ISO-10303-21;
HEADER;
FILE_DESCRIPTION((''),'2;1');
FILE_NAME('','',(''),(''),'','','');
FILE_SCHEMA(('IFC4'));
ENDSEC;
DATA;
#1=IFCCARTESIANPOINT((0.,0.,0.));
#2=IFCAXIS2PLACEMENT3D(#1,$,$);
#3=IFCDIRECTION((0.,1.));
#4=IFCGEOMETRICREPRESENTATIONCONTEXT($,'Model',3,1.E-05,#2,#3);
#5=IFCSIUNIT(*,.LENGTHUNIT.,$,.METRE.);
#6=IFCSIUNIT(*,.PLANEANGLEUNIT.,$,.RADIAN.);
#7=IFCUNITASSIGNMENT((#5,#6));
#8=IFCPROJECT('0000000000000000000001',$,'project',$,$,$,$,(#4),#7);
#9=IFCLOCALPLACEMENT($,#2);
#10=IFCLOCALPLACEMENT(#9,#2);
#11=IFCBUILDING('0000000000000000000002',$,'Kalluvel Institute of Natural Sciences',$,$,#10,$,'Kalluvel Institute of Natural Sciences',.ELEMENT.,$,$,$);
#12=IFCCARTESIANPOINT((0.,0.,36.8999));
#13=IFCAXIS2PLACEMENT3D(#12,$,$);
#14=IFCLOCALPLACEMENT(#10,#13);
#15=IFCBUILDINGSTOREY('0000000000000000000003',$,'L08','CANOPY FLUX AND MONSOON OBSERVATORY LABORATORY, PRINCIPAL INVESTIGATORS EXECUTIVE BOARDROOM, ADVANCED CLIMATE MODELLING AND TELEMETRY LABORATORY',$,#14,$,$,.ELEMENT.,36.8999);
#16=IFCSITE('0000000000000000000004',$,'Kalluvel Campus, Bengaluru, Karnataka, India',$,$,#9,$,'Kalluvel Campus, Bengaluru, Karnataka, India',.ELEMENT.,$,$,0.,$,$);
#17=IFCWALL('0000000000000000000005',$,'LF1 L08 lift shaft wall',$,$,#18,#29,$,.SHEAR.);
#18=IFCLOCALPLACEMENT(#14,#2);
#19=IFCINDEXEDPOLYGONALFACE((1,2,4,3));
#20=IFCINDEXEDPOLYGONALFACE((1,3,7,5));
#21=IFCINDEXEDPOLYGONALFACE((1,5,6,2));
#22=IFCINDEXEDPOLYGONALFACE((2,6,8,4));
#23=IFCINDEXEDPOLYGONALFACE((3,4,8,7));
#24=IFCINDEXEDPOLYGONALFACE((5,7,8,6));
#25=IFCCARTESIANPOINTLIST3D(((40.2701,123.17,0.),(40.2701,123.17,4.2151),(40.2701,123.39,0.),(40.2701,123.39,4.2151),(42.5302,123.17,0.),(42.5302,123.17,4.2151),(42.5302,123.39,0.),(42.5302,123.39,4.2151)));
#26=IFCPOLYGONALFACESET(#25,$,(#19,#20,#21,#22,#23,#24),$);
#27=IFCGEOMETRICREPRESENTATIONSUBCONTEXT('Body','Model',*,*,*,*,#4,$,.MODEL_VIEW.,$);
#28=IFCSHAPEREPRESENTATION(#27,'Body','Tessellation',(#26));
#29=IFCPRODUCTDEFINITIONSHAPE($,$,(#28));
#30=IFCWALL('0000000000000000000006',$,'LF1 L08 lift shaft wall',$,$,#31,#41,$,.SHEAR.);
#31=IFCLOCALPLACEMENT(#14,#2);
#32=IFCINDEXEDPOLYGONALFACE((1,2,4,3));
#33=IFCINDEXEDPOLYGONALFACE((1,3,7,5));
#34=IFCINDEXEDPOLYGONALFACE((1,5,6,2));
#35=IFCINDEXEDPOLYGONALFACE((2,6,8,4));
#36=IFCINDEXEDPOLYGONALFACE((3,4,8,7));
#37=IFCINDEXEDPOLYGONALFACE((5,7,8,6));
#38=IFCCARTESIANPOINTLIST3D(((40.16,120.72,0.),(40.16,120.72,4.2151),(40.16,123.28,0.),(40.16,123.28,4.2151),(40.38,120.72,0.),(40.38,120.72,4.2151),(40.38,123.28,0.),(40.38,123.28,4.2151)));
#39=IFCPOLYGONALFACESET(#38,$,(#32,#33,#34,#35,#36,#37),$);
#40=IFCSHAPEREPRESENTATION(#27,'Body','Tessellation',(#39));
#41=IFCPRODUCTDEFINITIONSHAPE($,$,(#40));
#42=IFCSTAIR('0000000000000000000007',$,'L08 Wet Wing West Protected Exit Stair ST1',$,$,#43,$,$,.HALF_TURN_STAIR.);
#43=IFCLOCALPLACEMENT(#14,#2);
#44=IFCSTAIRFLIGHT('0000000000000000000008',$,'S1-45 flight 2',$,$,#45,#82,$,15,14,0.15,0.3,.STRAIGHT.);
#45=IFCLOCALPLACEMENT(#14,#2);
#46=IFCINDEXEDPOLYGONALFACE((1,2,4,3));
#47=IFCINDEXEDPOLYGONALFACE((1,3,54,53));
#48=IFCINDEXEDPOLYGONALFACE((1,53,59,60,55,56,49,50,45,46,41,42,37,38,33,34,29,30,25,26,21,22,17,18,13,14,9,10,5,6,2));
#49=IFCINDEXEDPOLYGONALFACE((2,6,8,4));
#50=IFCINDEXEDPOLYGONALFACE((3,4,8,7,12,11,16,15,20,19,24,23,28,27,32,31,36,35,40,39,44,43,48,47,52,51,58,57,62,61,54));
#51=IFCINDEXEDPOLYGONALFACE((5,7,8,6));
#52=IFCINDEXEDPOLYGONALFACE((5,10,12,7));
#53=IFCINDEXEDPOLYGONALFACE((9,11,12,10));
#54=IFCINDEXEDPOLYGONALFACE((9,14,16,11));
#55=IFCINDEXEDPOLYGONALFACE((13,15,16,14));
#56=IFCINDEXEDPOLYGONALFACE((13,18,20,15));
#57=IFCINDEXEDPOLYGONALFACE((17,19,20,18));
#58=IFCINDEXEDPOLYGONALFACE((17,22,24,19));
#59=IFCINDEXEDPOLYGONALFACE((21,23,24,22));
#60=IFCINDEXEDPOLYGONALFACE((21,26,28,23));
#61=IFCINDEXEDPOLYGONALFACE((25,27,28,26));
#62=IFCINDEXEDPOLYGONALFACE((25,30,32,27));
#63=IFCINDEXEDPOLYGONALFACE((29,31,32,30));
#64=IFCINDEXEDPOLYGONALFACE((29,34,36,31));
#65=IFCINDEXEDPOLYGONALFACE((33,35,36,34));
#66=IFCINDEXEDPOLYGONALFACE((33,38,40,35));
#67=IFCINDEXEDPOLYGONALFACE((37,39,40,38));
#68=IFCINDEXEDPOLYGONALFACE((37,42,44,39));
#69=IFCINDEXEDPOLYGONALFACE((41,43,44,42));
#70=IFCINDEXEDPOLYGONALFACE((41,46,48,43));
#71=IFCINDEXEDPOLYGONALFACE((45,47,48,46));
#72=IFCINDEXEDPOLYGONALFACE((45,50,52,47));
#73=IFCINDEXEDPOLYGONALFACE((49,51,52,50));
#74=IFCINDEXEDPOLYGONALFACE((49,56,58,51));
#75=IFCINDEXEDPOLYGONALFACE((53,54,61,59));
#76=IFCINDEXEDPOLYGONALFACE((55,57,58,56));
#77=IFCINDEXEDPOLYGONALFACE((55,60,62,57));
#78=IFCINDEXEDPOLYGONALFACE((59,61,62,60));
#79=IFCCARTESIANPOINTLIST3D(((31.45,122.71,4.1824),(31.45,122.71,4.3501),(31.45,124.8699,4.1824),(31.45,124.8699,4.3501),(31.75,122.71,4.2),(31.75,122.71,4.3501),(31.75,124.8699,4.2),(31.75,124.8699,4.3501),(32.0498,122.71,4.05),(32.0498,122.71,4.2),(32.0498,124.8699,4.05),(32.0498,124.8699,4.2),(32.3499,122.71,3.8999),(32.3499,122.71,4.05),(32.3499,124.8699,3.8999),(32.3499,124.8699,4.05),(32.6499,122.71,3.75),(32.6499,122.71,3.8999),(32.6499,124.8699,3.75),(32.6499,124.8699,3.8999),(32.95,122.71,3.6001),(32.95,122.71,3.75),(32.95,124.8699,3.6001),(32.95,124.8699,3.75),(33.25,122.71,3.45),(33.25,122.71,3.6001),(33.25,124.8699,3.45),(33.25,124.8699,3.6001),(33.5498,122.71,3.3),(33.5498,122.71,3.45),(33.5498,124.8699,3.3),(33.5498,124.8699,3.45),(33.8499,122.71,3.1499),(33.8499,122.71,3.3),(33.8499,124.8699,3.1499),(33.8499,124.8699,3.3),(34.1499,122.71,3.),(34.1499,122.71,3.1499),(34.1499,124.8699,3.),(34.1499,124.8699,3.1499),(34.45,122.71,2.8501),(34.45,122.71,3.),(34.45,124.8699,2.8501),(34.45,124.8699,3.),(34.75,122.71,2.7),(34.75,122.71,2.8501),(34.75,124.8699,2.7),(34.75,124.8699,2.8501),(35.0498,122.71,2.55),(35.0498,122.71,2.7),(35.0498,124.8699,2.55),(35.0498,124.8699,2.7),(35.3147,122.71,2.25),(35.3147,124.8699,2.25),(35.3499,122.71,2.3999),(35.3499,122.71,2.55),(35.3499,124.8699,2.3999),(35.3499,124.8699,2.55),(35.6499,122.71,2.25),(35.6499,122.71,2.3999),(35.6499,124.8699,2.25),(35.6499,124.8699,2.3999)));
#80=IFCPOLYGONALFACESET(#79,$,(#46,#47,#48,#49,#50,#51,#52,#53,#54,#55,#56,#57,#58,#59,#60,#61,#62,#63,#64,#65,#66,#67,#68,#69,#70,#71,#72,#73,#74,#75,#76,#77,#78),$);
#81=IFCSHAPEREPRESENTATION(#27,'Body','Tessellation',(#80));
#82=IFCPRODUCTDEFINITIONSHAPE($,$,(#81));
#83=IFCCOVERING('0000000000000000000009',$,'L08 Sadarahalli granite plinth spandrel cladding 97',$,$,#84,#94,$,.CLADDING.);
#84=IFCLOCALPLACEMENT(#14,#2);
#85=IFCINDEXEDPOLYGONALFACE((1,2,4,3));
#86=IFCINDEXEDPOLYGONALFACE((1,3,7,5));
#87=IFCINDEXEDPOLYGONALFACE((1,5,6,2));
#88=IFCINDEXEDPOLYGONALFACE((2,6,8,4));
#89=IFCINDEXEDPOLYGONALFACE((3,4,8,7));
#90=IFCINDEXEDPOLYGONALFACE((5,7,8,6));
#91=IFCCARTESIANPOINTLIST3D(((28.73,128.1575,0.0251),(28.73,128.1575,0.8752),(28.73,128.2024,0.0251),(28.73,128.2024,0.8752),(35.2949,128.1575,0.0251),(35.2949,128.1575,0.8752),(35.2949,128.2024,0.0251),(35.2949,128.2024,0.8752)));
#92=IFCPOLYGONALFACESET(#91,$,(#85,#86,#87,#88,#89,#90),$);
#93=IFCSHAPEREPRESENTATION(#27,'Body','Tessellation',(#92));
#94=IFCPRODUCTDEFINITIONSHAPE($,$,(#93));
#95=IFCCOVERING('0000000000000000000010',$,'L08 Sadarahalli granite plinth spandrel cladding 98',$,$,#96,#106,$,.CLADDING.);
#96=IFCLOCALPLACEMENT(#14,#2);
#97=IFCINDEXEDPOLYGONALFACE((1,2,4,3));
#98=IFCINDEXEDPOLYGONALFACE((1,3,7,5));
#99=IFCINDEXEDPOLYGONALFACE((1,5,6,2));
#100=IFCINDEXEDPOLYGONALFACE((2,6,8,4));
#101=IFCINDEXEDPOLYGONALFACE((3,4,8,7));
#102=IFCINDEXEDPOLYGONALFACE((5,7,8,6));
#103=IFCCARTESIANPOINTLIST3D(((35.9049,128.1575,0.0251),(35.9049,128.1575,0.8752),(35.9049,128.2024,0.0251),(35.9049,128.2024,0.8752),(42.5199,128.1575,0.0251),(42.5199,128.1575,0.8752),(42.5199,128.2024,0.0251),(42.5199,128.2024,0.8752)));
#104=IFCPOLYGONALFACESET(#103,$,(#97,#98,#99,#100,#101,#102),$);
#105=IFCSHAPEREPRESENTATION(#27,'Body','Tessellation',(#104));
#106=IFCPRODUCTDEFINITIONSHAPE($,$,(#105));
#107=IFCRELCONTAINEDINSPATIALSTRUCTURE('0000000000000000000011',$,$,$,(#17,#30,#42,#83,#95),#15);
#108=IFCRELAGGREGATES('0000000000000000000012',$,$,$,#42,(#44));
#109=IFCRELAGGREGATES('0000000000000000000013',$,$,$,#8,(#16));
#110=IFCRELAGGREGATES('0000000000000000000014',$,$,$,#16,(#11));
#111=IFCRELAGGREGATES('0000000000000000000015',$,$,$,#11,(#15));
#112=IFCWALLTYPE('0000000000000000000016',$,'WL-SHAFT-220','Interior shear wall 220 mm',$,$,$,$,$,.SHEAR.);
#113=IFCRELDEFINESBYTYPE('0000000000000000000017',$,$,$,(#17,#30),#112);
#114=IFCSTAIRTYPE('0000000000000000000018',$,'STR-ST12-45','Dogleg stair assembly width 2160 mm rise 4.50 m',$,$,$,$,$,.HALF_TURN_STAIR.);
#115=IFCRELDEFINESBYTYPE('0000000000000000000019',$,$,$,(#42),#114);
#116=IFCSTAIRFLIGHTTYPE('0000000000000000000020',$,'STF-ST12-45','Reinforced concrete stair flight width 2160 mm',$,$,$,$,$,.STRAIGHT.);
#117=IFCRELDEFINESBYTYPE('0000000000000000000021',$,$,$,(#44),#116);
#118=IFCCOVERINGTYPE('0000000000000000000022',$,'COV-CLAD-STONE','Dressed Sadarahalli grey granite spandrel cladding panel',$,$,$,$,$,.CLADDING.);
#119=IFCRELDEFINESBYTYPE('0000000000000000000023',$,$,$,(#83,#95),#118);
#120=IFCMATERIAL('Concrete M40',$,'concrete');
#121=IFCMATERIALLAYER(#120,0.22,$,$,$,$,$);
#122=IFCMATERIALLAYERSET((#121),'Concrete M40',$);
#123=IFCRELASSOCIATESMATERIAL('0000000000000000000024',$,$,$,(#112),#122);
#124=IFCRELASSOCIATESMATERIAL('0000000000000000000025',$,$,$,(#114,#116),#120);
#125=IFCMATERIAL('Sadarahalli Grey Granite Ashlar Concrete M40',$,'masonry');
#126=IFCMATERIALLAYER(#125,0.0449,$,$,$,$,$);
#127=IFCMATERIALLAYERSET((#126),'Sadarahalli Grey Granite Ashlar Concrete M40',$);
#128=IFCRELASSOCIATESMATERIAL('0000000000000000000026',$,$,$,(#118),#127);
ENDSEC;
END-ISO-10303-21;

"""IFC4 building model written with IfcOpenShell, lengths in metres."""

from ifc_helpers import new_model, si_unit, direction, frame, frame_2d, origin, origin_2d, place, context, subcontext, project, spatial, polyline, rectangle, outline, extrude, material, layer, layer_set, type_object, element, aggregate, save


model = new_model("IFC4")

# Units and contexts
model_context = context("Model", 3, precision=1e-05, world=origin(), true_north=direction((0.0, 1.0)))
body_context = subcontext(model_context, "Body", "Model", "MODEL_VIEW")
ifc_project = project(units=[si_unit("LENGTHUNIT", "METRE"), si_unit("PLANEANGLEUNIT", "RADIAN")], contexts=[model_context])

# Site, building, storey
site_placement = place(None, origin())
site = spatial("IfcSite", under=ifc_project, at=site_placement, Name="Kalluvel Campus, Bengaluru, Karnataka, India", LongName="Kalluvel Campus, Bengaluru, Karnataka, India", CompositionType="ELEMENT", RefElevation=0.0)
building_placement = place(site_placement, origin())
building = spatial("IfcBuilding", under=site, at=building_placement, Name="Kalluvel Institute of Natural Sciences", LongName="Kalluvel Institute of Natural Sciences", CompositionType="ELEMENT")
storey_placement = place(building_placement, frame((0.0, 0.0, 36.8999)))
storey = spatial("IfcBuildingStorey", under=building, at=storey_placement, Name="L08", Description="CANOPY FLUX AND MONSOON OBSERVATORY LABORATORY, PRINCIPAL INVESTIGATORS EXECUTIVE BOARDROOM, ADVANCED CLIMATE MODELLING AND TELEMETRY LABORATORY", CompositionType="ELEMENT", Elevation=36.8999)

# Shared definitions
ifc_material_1 = material(Name="Concrete M40", Category="concrete")

# Walls
ifc_material_2 = material(Name="Sadarahalli Grey Granite Ashlar Concrete M40", Category="masonry")
ifc_layer_1 = layer(ifc_material_1, 0.22)
ifc_layer_set_1 = layer_set([ifc_layer_1], Name="Concrete M40")
wall_type_1 = type_object("IfcWallType", Name="WL-SHAFT-220", Description="Interior shear wall 220 mm", PredefinedType="SHEAR", material=ifc_layer_set_1)
wall_1_placement = place(storey_placement, frame((42.53, 123.28, 0.0), z_axis=(0.0, 0.0, 1.0), x_axis=(-1.0, 0.0, 0.0)))
element("IfcWall", 1, at=wall_1_placement, inside=storey, type_object=wall_type_1, Name="LF1 L08 lift shaft wall", PredefinedType="SHEAR", context=body_context, shape_type="SweptSolid", body=[
    extrude(rectangle(XDim=2.26, YDim=0.22, at=frame_2d((1.1299, 0.0))), origin(), (0.0, 0.0, 1.0), 4.2151),
])
wall_2_placement = place(storey_placement, frame((40.27, 123.28, 0.0), z_axis=(0.0, 0.0, 1.0), x_axis=(0.0, -1.0, 0.0)))
element("IfcWall", 2, at=wall_2_placement, inside=storey, type_object=wall_type_1, Name="LF1 L08 lift shaft wall", PredefinedType="SHEAR", context=body_context, shape_type="SweptSolid", body=[
    extrude(rectangle(XDim=2.5601, YDim=0.22, at=frame_2d((1.28, 0.0))), origin(), (0.0, 0.0, 1.0), 4.2151),
])

# Stair, stair flight
stair_type = type_object("IfcStairType", Name="STR-ST12-45", Description="Dogleg stair assembly width 2160 mm rise 4.50 m", PredefinedType="HALF_TURN_STAIR", material=ifc_material_1)
stair_placement = place(storey_placement, origin())
stair = element("IfcStair", 3, at=stair_placement, inside=storey, type_object=stair_type, Name="L08 Wet Wing West Protected Exit Stair ST1", PredefinedType="HALF_TURN_STAIR")
stair_flight_type = type_object("IfcStairFlightType", Name="STF-ST12-45", Description="Reinforced concrete stair flight width 2160 mm", PredefinedType="STRAIGHT", material=ifc_material_1)
stair_flight_placement = place(storey_placement, frame((35.6499, 123.79, 2.25), z_axis=(0.0, 0.0, 1.0), x_axis=(-1.0, 0.0, 0.0)))
stair_flight = element("IfcStairFlight", 4, at=stair_flight_placement, type_object=stair_flight_type, Name="S1-45 flight 2", NumberOfRisers=15, NumberOfTreads=14, PredefinedType="STRAIGHT", RiserHeight=0.15, TreadLength=0.3, context=body_context, shape_type="SweptSolid", body=[
    extrude(outline(polyline([(0.0, 0.0), (0.0, 0.1499), (0.3, 0.1499), (0.3, 0.3), (0.6001, 0.3), (0.6001, 0.45), (0.8999, 0.45), (0.8999, 0.6001), (1.2, 0.6001), (1.2, 0.75), (1.5, 0.75), (1.5, 0.8999), (1.8, 0.8999), (1.8, 1.05), (2.1001, 1.05), (2.1001, 1.2), (2.3999, 1.2), (2.3999, 1.3501), (2.7, 1.3501), (2.7, 1.5), (3.0, 1.5), (3.0, 1.6499), (3.3, 1.6499), (3.3, 1.8), (3.6001, 1.8), (3.6001, 1.95), (3.8999, 1.95), (3.8999, 2.1001), (4.2, 2.1001), (4.2, 2.25), (4.2, 1.9324), (0.3352, 0.0), (0.0, 0.0)])), frame((0.0, 1.0801, 0.0), z_axis=(0.0, -1.0, 0.0), x_axis=(1.0, 0.0, 0.0)), (0.0, 0.0, 1.0), 2.1599),
])
aggregate(stair, [stair_flight])

# Coverings
ifc_layer_2 = layer(ifc_material_2, 0.0449)
ifc_layer_set_2 = layer_set([ifc_layer_2], Name="Sadarahalli Grey Granite Ashlar Concrete M40")
covering_type = type_object("IfcCoveringType", Name="COV-CLAD-STONE", Description="Dressed Sadarahalli grey granite spandrel cladding panel", PredefinedType="CLADDING", material=ifc_layer_set_2)
covering_1_placement = place(storey_placement, frame((32.0125, 128.1799, 0.0251), z_axis=(0.0, 0.0, 1.0), x_axis=(1.0, 0.0, 0.0)))
element("IfcCovering", 5, at=covering_1_placement, inside=storey, type_object=covering_type, Name="L08 Sadarahalli granite plinth spandrel cladding 97", PredefinedType="CLADDING", context=body_context, shape_type="SweptSolid", body=[
    extrude(rectangle(XDim=6.5649, YDim=0.0449, at=origin_2d()), origin(), (0.0, 0.0, 1.0), 0.8501),
])
covering_2_placement = place(storey_placement, frame((39.2124, 128.1799, 0.0251), z_axis=(0.0, 0.0, 1.0), x_axis=(1.0, 0.0, 0.0)))
element("IfcCovering", 6, at=covering_2_placement, inside=storey, type_object=covering_type, Name="L08 Sadarahalli granite plinth spandrel cladding 98", PredefinedType="CLADDING", context=body_context, shape_type="SweptSolid", body=[
    extrude(rectangle(XDim=6.615, YDim=0.0449, at=origin_2d()), origin(), (0.0, 0.0, 1.0), 0.8501),
])

save(model, "model.ifc")
